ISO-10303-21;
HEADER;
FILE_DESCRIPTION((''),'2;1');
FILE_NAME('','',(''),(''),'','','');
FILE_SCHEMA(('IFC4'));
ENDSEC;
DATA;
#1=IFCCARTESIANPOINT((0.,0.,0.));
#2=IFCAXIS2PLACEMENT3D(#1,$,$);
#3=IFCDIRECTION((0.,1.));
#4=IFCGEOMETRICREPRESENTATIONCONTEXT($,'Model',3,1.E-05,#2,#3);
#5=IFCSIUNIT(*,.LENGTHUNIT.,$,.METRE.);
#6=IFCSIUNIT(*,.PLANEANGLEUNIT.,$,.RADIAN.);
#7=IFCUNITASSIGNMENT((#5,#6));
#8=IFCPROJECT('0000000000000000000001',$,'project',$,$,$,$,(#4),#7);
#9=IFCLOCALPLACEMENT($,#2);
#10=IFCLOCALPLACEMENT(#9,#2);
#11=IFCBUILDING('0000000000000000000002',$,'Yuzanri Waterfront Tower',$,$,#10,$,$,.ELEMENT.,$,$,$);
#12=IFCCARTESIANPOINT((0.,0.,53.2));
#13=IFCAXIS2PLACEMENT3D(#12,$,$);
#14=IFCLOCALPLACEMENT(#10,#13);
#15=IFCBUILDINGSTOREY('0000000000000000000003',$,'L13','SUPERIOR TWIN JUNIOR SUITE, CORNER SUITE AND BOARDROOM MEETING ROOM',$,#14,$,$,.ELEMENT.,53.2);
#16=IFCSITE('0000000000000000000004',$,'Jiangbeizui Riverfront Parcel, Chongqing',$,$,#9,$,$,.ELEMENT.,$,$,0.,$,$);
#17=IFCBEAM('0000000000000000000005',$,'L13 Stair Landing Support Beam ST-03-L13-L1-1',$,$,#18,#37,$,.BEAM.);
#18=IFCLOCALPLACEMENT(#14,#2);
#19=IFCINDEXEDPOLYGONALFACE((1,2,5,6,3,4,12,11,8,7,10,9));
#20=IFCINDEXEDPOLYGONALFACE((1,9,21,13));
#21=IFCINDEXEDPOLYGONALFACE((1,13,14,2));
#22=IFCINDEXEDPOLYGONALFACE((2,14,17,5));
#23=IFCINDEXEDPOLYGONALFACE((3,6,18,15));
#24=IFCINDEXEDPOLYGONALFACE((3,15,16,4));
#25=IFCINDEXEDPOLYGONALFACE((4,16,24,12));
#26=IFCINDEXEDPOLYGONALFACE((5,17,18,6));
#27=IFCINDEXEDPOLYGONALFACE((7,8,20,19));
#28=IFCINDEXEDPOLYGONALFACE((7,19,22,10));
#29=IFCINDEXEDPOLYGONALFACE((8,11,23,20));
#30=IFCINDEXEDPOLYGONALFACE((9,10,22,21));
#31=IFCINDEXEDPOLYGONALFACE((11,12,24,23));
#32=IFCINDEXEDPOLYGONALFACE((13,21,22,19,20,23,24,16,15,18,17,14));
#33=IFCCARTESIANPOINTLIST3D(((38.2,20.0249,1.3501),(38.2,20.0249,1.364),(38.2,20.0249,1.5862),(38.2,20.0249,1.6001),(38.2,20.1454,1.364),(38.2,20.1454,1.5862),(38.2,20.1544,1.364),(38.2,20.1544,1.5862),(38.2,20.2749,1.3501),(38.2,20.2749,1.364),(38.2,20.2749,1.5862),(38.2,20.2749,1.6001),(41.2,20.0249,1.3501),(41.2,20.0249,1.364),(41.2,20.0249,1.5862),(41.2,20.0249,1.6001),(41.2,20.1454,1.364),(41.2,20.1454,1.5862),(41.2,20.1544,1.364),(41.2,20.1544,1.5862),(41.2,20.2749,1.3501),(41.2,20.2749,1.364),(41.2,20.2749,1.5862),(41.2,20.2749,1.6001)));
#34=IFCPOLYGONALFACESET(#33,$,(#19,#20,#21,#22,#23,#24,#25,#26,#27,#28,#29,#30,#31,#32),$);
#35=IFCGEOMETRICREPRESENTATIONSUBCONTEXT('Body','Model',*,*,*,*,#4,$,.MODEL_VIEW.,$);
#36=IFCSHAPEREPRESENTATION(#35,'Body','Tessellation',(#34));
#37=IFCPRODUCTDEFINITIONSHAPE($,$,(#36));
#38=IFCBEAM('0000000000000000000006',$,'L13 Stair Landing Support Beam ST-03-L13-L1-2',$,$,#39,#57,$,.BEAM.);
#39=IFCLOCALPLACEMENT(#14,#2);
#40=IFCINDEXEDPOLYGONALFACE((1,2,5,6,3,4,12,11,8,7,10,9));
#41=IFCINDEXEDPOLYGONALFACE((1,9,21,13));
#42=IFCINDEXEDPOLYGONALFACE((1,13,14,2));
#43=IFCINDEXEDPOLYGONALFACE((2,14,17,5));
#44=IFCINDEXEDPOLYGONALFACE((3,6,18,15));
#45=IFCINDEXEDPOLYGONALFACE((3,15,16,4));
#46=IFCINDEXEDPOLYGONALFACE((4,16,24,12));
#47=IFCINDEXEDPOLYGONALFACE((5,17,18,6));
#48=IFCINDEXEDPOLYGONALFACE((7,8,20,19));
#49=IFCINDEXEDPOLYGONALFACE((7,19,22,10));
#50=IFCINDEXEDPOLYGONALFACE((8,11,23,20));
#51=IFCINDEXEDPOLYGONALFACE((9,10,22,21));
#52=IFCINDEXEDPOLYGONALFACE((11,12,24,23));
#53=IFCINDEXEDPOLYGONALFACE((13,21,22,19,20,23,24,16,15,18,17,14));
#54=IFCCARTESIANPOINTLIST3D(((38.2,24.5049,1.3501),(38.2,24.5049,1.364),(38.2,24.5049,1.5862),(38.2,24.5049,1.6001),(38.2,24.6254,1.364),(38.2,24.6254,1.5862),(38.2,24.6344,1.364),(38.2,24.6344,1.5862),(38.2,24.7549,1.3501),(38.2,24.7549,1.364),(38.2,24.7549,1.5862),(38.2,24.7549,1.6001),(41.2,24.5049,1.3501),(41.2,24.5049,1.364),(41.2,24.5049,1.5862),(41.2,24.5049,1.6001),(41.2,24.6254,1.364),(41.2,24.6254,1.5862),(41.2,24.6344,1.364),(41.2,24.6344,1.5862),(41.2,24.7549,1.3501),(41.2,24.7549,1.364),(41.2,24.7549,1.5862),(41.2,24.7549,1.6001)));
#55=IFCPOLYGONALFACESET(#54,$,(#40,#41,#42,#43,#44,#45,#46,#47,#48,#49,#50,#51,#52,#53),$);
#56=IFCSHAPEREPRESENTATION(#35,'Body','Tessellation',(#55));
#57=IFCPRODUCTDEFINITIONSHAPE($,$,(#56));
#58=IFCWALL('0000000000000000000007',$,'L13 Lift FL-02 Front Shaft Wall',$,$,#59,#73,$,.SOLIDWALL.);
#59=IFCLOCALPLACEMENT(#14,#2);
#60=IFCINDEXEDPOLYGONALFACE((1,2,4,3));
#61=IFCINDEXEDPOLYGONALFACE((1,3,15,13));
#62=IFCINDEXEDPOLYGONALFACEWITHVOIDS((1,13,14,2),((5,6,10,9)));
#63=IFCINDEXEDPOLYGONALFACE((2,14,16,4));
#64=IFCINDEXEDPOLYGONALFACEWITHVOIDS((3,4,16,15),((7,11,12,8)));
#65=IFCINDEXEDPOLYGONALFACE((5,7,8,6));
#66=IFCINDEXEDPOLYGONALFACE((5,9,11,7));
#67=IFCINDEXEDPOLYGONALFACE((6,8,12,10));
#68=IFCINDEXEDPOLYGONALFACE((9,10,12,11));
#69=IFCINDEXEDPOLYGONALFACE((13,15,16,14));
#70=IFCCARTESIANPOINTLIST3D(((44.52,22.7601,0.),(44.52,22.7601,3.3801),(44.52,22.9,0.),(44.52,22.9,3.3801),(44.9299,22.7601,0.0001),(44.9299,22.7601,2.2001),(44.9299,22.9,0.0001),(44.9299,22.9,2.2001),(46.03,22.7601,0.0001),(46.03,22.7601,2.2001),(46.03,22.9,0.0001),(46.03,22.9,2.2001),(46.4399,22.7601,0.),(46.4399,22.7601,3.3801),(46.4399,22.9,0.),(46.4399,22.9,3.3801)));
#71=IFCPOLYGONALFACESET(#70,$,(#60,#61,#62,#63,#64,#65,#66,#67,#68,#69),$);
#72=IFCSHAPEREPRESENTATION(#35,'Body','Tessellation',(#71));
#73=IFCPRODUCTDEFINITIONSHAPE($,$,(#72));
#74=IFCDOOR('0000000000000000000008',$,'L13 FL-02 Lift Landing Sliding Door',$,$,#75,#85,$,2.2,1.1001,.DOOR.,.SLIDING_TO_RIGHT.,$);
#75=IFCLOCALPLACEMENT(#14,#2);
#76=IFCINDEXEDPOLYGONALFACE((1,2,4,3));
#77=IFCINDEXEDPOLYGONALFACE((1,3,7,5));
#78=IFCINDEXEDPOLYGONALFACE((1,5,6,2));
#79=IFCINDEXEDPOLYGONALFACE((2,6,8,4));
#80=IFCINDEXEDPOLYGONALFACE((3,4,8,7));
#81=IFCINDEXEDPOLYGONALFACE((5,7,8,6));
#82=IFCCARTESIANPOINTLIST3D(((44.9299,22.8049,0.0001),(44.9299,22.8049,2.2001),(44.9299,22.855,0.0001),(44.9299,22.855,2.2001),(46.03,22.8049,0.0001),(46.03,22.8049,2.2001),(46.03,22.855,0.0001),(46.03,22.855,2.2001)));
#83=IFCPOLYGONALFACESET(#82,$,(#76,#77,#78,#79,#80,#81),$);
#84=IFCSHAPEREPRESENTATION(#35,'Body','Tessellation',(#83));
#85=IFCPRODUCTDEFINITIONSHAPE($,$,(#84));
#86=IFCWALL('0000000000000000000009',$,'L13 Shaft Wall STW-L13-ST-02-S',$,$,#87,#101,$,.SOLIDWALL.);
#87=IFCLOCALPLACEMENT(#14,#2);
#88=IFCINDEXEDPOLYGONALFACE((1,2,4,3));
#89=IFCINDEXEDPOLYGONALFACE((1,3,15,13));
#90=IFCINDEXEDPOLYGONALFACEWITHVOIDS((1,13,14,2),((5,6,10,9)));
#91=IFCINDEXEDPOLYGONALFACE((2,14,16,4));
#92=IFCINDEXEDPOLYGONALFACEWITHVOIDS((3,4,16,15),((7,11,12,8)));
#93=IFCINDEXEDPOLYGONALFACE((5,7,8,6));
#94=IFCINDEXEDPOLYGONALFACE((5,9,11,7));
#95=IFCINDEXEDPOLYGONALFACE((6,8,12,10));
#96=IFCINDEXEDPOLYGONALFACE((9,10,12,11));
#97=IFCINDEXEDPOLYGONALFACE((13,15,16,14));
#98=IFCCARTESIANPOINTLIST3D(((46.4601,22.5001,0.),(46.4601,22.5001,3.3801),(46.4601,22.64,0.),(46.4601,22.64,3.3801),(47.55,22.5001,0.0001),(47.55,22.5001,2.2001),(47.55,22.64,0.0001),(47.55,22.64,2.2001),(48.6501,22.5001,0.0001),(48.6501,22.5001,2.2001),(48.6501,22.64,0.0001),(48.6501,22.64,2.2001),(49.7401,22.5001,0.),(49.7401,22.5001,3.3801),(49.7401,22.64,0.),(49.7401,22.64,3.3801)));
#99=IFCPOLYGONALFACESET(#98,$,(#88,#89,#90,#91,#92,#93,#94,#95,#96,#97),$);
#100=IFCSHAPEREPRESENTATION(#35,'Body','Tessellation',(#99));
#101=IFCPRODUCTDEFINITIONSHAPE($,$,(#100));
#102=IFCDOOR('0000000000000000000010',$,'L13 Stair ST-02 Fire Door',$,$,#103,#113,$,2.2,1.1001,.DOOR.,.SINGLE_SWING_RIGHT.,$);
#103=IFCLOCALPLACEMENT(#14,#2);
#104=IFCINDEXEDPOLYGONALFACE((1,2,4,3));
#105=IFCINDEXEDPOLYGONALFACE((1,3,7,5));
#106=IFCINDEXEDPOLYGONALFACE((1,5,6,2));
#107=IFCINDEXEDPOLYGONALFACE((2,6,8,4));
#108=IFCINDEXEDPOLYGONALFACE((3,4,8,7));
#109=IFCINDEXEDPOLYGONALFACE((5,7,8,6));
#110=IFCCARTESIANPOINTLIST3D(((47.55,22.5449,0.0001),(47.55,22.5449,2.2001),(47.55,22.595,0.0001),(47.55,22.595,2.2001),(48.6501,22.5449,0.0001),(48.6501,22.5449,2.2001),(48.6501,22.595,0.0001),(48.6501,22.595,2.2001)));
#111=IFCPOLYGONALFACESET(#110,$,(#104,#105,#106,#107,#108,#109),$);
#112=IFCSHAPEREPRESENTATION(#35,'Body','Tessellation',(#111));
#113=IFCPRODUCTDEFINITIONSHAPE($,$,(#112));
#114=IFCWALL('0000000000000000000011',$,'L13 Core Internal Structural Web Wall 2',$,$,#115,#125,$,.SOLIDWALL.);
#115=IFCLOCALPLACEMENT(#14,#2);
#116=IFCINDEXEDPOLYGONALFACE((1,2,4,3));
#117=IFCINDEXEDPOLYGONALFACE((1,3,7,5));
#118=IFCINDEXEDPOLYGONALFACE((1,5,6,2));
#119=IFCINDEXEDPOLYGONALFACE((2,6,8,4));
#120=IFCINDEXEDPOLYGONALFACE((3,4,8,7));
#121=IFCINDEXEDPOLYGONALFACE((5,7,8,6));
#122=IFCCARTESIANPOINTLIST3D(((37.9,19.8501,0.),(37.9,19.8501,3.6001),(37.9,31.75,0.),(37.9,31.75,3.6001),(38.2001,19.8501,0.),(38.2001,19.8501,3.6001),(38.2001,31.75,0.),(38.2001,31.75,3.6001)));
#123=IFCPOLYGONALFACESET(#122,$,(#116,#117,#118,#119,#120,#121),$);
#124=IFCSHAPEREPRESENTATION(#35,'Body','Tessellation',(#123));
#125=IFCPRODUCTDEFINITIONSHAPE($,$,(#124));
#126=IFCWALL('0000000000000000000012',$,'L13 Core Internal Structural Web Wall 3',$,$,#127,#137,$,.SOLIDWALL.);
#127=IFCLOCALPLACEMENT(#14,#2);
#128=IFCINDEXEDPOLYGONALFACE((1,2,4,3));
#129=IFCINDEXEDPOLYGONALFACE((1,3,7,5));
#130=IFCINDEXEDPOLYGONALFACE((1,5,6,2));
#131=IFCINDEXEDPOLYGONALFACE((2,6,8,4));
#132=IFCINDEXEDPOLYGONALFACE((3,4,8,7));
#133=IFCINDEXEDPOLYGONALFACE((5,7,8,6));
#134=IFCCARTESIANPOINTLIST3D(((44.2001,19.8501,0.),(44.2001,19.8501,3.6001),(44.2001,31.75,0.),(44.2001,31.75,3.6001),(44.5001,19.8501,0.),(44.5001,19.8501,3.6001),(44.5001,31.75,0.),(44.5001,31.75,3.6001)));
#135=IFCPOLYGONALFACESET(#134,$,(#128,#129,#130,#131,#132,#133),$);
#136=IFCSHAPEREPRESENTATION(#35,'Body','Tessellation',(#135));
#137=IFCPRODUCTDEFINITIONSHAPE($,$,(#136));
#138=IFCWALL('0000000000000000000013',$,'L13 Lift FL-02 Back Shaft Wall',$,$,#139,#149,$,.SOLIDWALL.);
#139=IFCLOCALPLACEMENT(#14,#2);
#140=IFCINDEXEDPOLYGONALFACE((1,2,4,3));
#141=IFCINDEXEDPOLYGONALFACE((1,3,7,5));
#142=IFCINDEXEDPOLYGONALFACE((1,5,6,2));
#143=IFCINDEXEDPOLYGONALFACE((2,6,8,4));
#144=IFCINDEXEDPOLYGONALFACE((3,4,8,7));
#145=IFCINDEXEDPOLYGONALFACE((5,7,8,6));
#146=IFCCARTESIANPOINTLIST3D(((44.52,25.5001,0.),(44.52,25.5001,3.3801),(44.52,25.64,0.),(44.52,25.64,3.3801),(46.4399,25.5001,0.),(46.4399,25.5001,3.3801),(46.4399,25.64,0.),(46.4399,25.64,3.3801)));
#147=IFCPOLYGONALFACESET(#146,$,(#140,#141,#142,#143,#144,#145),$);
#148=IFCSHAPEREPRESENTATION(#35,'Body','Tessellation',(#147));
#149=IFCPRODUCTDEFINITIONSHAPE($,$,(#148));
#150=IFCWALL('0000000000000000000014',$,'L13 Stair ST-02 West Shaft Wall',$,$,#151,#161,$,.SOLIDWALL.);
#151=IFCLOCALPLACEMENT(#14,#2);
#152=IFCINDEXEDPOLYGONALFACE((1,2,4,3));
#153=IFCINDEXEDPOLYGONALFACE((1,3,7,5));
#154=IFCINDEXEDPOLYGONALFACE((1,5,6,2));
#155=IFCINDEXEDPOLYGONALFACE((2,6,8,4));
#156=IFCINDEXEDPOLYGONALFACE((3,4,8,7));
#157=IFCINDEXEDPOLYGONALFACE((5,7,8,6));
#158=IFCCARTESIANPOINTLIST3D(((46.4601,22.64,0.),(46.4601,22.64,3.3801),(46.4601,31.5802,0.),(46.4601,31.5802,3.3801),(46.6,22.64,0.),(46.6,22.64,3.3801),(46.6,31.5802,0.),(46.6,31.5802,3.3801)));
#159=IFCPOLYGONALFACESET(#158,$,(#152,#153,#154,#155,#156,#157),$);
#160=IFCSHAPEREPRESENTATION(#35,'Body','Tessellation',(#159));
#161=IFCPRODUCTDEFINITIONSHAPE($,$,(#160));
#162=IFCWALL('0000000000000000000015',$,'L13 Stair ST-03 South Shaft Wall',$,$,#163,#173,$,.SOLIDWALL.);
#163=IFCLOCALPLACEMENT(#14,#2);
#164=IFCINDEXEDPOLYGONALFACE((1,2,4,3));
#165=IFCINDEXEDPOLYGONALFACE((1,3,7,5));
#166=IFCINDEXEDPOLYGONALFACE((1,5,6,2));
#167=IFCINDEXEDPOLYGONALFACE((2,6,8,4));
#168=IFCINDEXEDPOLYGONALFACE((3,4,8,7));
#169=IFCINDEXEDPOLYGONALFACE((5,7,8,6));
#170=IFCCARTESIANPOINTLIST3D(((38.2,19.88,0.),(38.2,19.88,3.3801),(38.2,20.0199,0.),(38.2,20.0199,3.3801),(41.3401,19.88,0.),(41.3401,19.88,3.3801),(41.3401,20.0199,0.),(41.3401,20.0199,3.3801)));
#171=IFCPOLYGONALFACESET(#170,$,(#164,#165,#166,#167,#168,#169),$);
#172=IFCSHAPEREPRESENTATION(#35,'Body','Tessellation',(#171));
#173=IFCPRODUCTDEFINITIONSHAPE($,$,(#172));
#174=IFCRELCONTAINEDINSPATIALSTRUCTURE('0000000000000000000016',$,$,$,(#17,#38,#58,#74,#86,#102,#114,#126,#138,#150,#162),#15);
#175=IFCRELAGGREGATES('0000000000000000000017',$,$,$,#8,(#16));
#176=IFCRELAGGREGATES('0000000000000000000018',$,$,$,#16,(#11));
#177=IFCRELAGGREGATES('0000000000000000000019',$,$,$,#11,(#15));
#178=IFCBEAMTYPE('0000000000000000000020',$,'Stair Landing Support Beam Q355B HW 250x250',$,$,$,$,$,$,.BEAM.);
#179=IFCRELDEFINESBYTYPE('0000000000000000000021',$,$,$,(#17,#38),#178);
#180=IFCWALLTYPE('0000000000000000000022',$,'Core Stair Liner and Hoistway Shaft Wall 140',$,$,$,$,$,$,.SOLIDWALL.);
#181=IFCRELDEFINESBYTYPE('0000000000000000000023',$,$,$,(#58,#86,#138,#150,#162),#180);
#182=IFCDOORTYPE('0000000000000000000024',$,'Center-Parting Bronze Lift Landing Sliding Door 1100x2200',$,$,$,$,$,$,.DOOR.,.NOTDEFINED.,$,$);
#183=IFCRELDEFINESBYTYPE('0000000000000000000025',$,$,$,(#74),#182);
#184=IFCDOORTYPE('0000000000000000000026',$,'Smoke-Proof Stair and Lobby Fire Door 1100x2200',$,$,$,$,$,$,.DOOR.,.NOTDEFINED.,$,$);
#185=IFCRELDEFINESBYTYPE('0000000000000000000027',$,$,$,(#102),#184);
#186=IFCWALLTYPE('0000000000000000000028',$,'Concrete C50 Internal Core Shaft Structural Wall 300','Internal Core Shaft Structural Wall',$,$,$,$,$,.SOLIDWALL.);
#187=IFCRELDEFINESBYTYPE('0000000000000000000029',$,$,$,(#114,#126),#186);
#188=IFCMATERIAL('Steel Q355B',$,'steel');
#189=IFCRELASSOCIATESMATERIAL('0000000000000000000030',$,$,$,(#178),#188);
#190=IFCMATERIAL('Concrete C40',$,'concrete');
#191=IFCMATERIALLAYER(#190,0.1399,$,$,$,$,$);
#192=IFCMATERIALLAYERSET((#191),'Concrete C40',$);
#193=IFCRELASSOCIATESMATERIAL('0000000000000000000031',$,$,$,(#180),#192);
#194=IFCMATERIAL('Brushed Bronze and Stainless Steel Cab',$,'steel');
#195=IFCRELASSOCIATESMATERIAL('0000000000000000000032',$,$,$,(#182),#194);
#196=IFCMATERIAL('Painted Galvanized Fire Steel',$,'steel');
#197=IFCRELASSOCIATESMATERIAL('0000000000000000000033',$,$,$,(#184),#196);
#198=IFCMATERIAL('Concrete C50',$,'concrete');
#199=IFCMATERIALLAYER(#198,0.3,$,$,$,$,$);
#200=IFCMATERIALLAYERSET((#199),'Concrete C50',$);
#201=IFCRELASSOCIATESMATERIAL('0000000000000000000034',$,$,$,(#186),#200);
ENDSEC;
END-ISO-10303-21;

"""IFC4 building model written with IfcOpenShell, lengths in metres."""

from ifc_helpers import new_model, si_unit, direction, frame, frame_2d, origin, origin_2d, place, context, subcontext, project, spatial, rectangle, i_section, extrude, source, transform, mapped, material, layer, layer_set, material_profile, profile_set, type_object, element, fill, save


model = new_model("IFC4")

# Units and contexts
model_context = context("Model", 3, precision=1e-05, world=origin(), true_north=direction((0.0, 1.0)))
body_context = subcontext(model_context, "Body", "Model", "MODEL_VIEW")
ifc_project = project(units=[si_unit("LENGTHUNIT", "METRE"), si_unit("PLANEANGLEUNIT", "RADIAN")], contexts=[model_context])

# Site, building, storey
site_placement = place(None, origin())
site = spatial("IfcSite", under=ifc_project, at=site_placement, Name="Jiangbeizui Riverfront Parcel, Chongqing", CompositionType="ELEMENT", RefElevation=0.0)
building_placement = place(site_placement, origin())
building = spatial("IfcBuilding", under=site, at=building_placement, Name="Yuzanri Waterfront Tower", CompositionType="ELEMENT")
storey_placement = place(building_placement, frame((0.0, 0.0, 53.2)))
storey = spatial("IfcBuildingStorey", under=building, at=storey_placement, Name="L13", Description="SUPERIOR TWIN JUNIOR SUITE, CORNER SUITE AND BOARDROOM MEETING ROOM", CompositionType="ELEMENT", Elevation=53.2)

# Beams
ifc_material_1 = material(Name="Steel Q355B", Category="steel")
ifc_material_profile = material_profile(ifc_material_1, i_section(OverallWidth=0.25, OverallDepth=0.25, WebThickness=0.009, FlangeThickness=0.0139, at=origin_2d()), Name="HW 250x250x9x14")
ifc_profile_set = profile_set([ifc_material_profile], Name="Steel Q355B")
beam_type = type_object("IfcBeamType", Name="Stair Landing Support Beam Q355B HW 250x250", PredefinedType="BEAM", material=ifc_profile_set)
shared_shape_1 = source(origin(), body_context, "Body", "SweptSolid", [
    extrude(i_section(OverallWidth=0.25, OverallDepth=0.25, WebThickness=0.009, FlangeThickness=0.0139, at=origin_2d()), origin(), (0.0, 0.0, 1.0), 3.0),
])
for number, where, z_axis, x_axis, name in (
    (1, (38.2, 20.1499, 1.4751), (1.0, 0.0, 0.0), (0.0, 1.0, 0.0), "L13 Stair Landing Support Beam ST-03-L13-L1-1"),
    (2, (38.2, 24.6299, 1.4751), (1.0, 0.0, 0.0), (0.0, 1.0, 0.0), "L13 Stair Landing Support Beam ST-03-L13-L1-2"),
):
    element("IfcBeam", number, at=place(storey_placement, frame(where, z_axis=z_axis, x_axis=x_axis)), inside=storey, type_object=beam_type, Name=name, PredefinedType="BEAM", context=body_context, shape_type="MappedRepresentation", body=[
        mapped(shared_shape_1, transform((0.0, 0.0, 0.0), scale=1.0)),
    ])

# Walls, openings, doors
ifc_material_2 = material(Name="Concrete C40", Category="concrete")
ifc_layer_1 = layer(ifc_material_2, 0.1399)
ifc_layer_set_1 = layer_set([ifc_layer_1], Name="Concrete C40")
wall_type_1 = type_object("IfcWallType", Name="Core Stair Liner and Hoistway Shaft Wall 140", PredefinedType="SOLIDWALL", material=ifc_layer_set_1)
wall_1_placement = place(storey_placement, frame((44.52, 22.8301, 0.0), z_axis=(0.0, 0.0, 1.0), x_axis=(1.0, 0.0, 0.0)))
wall_1 = element("IfcWall", 3, at=wall_1_placement, inside=storey, type_object=wall_type_1, Name="L13 Lift FL-02 Front Shaft Wall", PredefinedType="SOLIDWALL", context=body_context, shape_type="SweptSolid", body=[
    extrude(rectangle(XDim=1.9199, YDim=0.1399, at=frame_2d((0.96, 0.0))), origin(), (0.0, 0.0, 1.0), 3.3801),
])
opening_1_placement = place(wall_1_placement, frame((0.4099, 0.0, 0.0)))
opening_1 = element("IfcOpeningElement", 4, at=opening_1_placement, cuts=wall_1, PredefinedType="OPENING", context=body_context, shape_type="SweptSolid", body=[
    extrude(rectangle(XDim=1.1001, YDim=2.2, at=frame_2d((0.55, 1.1001))), frame((0.0, 0.085, 0.0), z_axis=(0.0, -1.0, 0.0), x_axis=(1.0, 0.0, 0.0)), (0.0, 0.0, 1.0), 0.1697),
])
ifc_material_3 = material(Name="Brushed Bronze and Stainless Steel Cab", Category="steel")
door_type_1 = type_object("IfcDoorType", Name="Center-Parting Bronze Lift Landing Sliding Door 1100x2200", OperationType="NOTDEFINED", PredefinedType="DOOR", material=ifc_material_3)
shared_shape_2 = source(origin(), body_context, "Body", "SweptSolid", [
    extrude(rectangle(XDim=1.1001, YDim=2.2, at=frame_2d((0.55, 1.1001))), frame((0.0, 0.0249, 0.0), z_axis=(0.0, -1.0, 0.0), x_axis=(1.0, 0.0, 0.0)), (0.0, 0.0, 1.0), 0.05),
])
door_1_placement = place(opening_1_placement, origin())
door_1 = element("IfcDoor", 5, at=door_1_placement, inside=storey, type_object=door_type_1, Name="L13 FL-02 Lift Landing Sliding Door", OperationType="SLIDING_TO_RIGHT", OverallHeight=2.2, OverallWidth=1.1001, PredefinedType="DOOR", context=body_context, shape_type="MappedRepresentation", body=[
    mapped(shared_shape_2, transform((0.0, 0.0, 0.0), scale=1.0)),
])
fill(opening_1, door_1)
wall_2_placement = place(storey_placement, frame((46.46, 22.5701, 0.0), z_axis=(0.0, 0.0, 1.0), x_axis=(1.0, 0.0, 0.0)))
wall_2 = element("IfcWall", 6, at=wall_2_placement, inside=storey, type_object=wall_type_1, Name="L13 Shaft Wall STW-L13-ST-02-S", PredefinedType="SOLIDWALL", context=body_context, shape_type="SweptSolid", body=[
    extrude(rectangle(XDim=3.28, YDim=0.1399, at=frame_2d((1.6401, 0.0))), origin(), (0.0, 0.0, 1.0), 3.3801),
])
opening_2_placement = place(wall_2_placement, frame((1.0901, 0.0, 0.0)))
opening_2 = element("IfcOpeningElement", 7, at=opening_2_placement, cuts=wall_2, PredefinedType="OPENING", context=body_context, shape_type="SweptSolid", body=[
    extrude(rectangle(XDim=1.1001, YDim=2.2, at=frame_2d((0.55, 1.1001))), frame((0.0, 0.085, 0.0), z_axis=(0.0, -1.0, 0.0), x_axis=(1.0, 0.0, 0.0)), (0.0, 0.0, 1.0), 0.1697),
])
ifc_material_4 = material(Name="Painted Galvanized Fire Steel", Category="steel")
door_type_2 = type_object("IfcDoorType", Name="Smoke-Proof Stair and Lobby Fire Door 1100x2200", OperationType="NOTDEFINED", PredefinedType="DOOR", material=ifc_material_4)
shared_shape_3 = source(origin(), body_context, "Body", "SweptSolid", [
    extrude(rectangle(XDim=1.1001, YDim=2.2, at=frame_2d((0.55, 1.1001))), frame((0.0, 0.0249, 0.0), z_axis=(0.0, -1.0, 0.0), x_axis=(1.0, 0.0, 0.0)), (0.0, 0.0, 1.0), 0.05),
])
door_2_placement = place(opening_2_placement, origin())
door_2 = element("IfcDoor", 8, at=door_2_placement, inside=storey, type_object=door_type_2, Name="L13 Stair ST-02 Fire Door", OperationType="SINGLE_SWING_RIGHT", OverallHeight=2.2, OverallWidth=1.1001, PredefinedType="DOOR", context=body_context, shape_type="MappedRepresentation", body=[
    mapped(shared_shape_3, transform((0.0, 0.0, 0.0), scale=1.0)),
])
fill(opening_2, door_2)

# Walls
ifc_material_5 = material(Name="Concrete C50", Category="concrete")
ifc_layer_2 = layer(ifc_material_5, 0.3)
ifc_layer_set_2 = layer_set([ifc_layer_2], Name="Concrete C50")
wall_type_2 = type_object("IfcWallType", Name="Concrete C50 Internal Core Shaft Structural Wall 300", Description="Internal Core Shaft Structural Wall", PredefinedType="SOLIDWALL", material=ifc_layer_set_2)
shared_shape_4 = source(origin(), body_context, "Body", "SweptSolid", [
    extrude(rectangle(XDim=11.8999, YDim=0.3, at=frame_2d((5.95, 0.0))), origin(), (0.0, 0.0, 1.0), 3.6001),
])
for number, where, z_axis, x_axis, name in (
    (9, (38.05, 19.8501, 0.0), (0.0, 0.0, 1.0), (0.0, 1.0, 0.0), "L13 Core Internal Structural Web Wall 2"),
    (10, (44.3501, 19.8501, 0.0), (0.0, 0.0, 1.0), (0.0, 1.0, 0.0), "L13 Core Internal Structural Web Wall 3"),
):
    element("IfcWall", number, at=place(storey_placement, frame(where, z_axis=z_axis, x_axis=x_axis)), inside=storey, type_object=wall_type_2, Name=name, PredefinedType="SOLIDWALL", context=body_context, shape_type="MappedRepresentation", body=[
        mapped(shared_shape_4, transform((0.0, 0.0, 0.0), scale=1.0)),
    ])
shared_shape_5 = source(origin(), body_context, "Body", "SweptSolid", [
    extrude(rectangle(XDim=1.9199, YDim=0.1399, at=frame_2d((0.96, 0.0))), origin(), (0.0, 0.0, 1.0), 3.3801),
])
wall_3_placement = place(storey_placement, frame((44.52, 25.5701, 0.0), z_axis=(0.0, 0.0, 1.0), x_axis=(1.0, 0.0, 0.0)))
element("IfcWall", 11, at=wall_3_placement, inside=storey, type_object=wall_type_1, Name="L13 Lift FL-02 Back Shaft Wall", PredefinedType="SOLIDWALL", context=body_context, shape_type="MappedRepresentation", body=[
    mapped(shared_shape_5, transform((0.0, 0.0, 0.0), scale=1.0)),
])
shared_shape_6 = source(origin(), body_context, "Body", "SweptSolid", [
    extrude(rectangle(XDim=8.9402, YDim=0.1399, at=frame_2d((4.4702, 0.0))), origin(), (0.0, 0.0, 1.0), 3.3801),
])
wall_4_placement = place(storey_placement, frame((46.53, 22.6399, 0.0), z_axis=(0.0, 0.0, 1.0), x_axis=(0.0, 1.0, 0.0)))
element("IfcWall", 12, at=wall_4_placement, inside=storey, type_object=wall_type_1, Name="L13 Stair ST-02 West Shaft Wall", PredefinedType="SOLIDWALL", context=body_context, shape_type="MappedRepresentation", body=[
    mapped(shared_shape_6, transform((0.0, 0.0, 0.0), scale=1.0)),
])
shared_shape_7 = source(origin(), body_context, "Body", "SweptSolid", [
    extrude(rectangle(XDim=3.1401, YDim=0.1399, at=frame_2d((1.5701, 0.0))), origin(), (0.0, 0.0, 1.0), 3.3801),
])
wall_5_placement = place(storey_placement, frame((38.2, 19.95, 0.0), z_axis=(0.0, 0.0, 1.0), x_axis=(1.0, 0.0, 0.0)))
element("IfcWall", 13, at=wall_5_placement, inside=storey, type_object=wall_type_1, Name="L13 Stair ST-03 South Shaft Wall", PredefinedType="SOLIDWALL", context=body_context, shape_type="MappedRepresentation", body=[
    mapped(shared_shape_7, transform((0.0, 0.0, 0.0), scale=1.0)),
])

save(model, "model.ifc")
